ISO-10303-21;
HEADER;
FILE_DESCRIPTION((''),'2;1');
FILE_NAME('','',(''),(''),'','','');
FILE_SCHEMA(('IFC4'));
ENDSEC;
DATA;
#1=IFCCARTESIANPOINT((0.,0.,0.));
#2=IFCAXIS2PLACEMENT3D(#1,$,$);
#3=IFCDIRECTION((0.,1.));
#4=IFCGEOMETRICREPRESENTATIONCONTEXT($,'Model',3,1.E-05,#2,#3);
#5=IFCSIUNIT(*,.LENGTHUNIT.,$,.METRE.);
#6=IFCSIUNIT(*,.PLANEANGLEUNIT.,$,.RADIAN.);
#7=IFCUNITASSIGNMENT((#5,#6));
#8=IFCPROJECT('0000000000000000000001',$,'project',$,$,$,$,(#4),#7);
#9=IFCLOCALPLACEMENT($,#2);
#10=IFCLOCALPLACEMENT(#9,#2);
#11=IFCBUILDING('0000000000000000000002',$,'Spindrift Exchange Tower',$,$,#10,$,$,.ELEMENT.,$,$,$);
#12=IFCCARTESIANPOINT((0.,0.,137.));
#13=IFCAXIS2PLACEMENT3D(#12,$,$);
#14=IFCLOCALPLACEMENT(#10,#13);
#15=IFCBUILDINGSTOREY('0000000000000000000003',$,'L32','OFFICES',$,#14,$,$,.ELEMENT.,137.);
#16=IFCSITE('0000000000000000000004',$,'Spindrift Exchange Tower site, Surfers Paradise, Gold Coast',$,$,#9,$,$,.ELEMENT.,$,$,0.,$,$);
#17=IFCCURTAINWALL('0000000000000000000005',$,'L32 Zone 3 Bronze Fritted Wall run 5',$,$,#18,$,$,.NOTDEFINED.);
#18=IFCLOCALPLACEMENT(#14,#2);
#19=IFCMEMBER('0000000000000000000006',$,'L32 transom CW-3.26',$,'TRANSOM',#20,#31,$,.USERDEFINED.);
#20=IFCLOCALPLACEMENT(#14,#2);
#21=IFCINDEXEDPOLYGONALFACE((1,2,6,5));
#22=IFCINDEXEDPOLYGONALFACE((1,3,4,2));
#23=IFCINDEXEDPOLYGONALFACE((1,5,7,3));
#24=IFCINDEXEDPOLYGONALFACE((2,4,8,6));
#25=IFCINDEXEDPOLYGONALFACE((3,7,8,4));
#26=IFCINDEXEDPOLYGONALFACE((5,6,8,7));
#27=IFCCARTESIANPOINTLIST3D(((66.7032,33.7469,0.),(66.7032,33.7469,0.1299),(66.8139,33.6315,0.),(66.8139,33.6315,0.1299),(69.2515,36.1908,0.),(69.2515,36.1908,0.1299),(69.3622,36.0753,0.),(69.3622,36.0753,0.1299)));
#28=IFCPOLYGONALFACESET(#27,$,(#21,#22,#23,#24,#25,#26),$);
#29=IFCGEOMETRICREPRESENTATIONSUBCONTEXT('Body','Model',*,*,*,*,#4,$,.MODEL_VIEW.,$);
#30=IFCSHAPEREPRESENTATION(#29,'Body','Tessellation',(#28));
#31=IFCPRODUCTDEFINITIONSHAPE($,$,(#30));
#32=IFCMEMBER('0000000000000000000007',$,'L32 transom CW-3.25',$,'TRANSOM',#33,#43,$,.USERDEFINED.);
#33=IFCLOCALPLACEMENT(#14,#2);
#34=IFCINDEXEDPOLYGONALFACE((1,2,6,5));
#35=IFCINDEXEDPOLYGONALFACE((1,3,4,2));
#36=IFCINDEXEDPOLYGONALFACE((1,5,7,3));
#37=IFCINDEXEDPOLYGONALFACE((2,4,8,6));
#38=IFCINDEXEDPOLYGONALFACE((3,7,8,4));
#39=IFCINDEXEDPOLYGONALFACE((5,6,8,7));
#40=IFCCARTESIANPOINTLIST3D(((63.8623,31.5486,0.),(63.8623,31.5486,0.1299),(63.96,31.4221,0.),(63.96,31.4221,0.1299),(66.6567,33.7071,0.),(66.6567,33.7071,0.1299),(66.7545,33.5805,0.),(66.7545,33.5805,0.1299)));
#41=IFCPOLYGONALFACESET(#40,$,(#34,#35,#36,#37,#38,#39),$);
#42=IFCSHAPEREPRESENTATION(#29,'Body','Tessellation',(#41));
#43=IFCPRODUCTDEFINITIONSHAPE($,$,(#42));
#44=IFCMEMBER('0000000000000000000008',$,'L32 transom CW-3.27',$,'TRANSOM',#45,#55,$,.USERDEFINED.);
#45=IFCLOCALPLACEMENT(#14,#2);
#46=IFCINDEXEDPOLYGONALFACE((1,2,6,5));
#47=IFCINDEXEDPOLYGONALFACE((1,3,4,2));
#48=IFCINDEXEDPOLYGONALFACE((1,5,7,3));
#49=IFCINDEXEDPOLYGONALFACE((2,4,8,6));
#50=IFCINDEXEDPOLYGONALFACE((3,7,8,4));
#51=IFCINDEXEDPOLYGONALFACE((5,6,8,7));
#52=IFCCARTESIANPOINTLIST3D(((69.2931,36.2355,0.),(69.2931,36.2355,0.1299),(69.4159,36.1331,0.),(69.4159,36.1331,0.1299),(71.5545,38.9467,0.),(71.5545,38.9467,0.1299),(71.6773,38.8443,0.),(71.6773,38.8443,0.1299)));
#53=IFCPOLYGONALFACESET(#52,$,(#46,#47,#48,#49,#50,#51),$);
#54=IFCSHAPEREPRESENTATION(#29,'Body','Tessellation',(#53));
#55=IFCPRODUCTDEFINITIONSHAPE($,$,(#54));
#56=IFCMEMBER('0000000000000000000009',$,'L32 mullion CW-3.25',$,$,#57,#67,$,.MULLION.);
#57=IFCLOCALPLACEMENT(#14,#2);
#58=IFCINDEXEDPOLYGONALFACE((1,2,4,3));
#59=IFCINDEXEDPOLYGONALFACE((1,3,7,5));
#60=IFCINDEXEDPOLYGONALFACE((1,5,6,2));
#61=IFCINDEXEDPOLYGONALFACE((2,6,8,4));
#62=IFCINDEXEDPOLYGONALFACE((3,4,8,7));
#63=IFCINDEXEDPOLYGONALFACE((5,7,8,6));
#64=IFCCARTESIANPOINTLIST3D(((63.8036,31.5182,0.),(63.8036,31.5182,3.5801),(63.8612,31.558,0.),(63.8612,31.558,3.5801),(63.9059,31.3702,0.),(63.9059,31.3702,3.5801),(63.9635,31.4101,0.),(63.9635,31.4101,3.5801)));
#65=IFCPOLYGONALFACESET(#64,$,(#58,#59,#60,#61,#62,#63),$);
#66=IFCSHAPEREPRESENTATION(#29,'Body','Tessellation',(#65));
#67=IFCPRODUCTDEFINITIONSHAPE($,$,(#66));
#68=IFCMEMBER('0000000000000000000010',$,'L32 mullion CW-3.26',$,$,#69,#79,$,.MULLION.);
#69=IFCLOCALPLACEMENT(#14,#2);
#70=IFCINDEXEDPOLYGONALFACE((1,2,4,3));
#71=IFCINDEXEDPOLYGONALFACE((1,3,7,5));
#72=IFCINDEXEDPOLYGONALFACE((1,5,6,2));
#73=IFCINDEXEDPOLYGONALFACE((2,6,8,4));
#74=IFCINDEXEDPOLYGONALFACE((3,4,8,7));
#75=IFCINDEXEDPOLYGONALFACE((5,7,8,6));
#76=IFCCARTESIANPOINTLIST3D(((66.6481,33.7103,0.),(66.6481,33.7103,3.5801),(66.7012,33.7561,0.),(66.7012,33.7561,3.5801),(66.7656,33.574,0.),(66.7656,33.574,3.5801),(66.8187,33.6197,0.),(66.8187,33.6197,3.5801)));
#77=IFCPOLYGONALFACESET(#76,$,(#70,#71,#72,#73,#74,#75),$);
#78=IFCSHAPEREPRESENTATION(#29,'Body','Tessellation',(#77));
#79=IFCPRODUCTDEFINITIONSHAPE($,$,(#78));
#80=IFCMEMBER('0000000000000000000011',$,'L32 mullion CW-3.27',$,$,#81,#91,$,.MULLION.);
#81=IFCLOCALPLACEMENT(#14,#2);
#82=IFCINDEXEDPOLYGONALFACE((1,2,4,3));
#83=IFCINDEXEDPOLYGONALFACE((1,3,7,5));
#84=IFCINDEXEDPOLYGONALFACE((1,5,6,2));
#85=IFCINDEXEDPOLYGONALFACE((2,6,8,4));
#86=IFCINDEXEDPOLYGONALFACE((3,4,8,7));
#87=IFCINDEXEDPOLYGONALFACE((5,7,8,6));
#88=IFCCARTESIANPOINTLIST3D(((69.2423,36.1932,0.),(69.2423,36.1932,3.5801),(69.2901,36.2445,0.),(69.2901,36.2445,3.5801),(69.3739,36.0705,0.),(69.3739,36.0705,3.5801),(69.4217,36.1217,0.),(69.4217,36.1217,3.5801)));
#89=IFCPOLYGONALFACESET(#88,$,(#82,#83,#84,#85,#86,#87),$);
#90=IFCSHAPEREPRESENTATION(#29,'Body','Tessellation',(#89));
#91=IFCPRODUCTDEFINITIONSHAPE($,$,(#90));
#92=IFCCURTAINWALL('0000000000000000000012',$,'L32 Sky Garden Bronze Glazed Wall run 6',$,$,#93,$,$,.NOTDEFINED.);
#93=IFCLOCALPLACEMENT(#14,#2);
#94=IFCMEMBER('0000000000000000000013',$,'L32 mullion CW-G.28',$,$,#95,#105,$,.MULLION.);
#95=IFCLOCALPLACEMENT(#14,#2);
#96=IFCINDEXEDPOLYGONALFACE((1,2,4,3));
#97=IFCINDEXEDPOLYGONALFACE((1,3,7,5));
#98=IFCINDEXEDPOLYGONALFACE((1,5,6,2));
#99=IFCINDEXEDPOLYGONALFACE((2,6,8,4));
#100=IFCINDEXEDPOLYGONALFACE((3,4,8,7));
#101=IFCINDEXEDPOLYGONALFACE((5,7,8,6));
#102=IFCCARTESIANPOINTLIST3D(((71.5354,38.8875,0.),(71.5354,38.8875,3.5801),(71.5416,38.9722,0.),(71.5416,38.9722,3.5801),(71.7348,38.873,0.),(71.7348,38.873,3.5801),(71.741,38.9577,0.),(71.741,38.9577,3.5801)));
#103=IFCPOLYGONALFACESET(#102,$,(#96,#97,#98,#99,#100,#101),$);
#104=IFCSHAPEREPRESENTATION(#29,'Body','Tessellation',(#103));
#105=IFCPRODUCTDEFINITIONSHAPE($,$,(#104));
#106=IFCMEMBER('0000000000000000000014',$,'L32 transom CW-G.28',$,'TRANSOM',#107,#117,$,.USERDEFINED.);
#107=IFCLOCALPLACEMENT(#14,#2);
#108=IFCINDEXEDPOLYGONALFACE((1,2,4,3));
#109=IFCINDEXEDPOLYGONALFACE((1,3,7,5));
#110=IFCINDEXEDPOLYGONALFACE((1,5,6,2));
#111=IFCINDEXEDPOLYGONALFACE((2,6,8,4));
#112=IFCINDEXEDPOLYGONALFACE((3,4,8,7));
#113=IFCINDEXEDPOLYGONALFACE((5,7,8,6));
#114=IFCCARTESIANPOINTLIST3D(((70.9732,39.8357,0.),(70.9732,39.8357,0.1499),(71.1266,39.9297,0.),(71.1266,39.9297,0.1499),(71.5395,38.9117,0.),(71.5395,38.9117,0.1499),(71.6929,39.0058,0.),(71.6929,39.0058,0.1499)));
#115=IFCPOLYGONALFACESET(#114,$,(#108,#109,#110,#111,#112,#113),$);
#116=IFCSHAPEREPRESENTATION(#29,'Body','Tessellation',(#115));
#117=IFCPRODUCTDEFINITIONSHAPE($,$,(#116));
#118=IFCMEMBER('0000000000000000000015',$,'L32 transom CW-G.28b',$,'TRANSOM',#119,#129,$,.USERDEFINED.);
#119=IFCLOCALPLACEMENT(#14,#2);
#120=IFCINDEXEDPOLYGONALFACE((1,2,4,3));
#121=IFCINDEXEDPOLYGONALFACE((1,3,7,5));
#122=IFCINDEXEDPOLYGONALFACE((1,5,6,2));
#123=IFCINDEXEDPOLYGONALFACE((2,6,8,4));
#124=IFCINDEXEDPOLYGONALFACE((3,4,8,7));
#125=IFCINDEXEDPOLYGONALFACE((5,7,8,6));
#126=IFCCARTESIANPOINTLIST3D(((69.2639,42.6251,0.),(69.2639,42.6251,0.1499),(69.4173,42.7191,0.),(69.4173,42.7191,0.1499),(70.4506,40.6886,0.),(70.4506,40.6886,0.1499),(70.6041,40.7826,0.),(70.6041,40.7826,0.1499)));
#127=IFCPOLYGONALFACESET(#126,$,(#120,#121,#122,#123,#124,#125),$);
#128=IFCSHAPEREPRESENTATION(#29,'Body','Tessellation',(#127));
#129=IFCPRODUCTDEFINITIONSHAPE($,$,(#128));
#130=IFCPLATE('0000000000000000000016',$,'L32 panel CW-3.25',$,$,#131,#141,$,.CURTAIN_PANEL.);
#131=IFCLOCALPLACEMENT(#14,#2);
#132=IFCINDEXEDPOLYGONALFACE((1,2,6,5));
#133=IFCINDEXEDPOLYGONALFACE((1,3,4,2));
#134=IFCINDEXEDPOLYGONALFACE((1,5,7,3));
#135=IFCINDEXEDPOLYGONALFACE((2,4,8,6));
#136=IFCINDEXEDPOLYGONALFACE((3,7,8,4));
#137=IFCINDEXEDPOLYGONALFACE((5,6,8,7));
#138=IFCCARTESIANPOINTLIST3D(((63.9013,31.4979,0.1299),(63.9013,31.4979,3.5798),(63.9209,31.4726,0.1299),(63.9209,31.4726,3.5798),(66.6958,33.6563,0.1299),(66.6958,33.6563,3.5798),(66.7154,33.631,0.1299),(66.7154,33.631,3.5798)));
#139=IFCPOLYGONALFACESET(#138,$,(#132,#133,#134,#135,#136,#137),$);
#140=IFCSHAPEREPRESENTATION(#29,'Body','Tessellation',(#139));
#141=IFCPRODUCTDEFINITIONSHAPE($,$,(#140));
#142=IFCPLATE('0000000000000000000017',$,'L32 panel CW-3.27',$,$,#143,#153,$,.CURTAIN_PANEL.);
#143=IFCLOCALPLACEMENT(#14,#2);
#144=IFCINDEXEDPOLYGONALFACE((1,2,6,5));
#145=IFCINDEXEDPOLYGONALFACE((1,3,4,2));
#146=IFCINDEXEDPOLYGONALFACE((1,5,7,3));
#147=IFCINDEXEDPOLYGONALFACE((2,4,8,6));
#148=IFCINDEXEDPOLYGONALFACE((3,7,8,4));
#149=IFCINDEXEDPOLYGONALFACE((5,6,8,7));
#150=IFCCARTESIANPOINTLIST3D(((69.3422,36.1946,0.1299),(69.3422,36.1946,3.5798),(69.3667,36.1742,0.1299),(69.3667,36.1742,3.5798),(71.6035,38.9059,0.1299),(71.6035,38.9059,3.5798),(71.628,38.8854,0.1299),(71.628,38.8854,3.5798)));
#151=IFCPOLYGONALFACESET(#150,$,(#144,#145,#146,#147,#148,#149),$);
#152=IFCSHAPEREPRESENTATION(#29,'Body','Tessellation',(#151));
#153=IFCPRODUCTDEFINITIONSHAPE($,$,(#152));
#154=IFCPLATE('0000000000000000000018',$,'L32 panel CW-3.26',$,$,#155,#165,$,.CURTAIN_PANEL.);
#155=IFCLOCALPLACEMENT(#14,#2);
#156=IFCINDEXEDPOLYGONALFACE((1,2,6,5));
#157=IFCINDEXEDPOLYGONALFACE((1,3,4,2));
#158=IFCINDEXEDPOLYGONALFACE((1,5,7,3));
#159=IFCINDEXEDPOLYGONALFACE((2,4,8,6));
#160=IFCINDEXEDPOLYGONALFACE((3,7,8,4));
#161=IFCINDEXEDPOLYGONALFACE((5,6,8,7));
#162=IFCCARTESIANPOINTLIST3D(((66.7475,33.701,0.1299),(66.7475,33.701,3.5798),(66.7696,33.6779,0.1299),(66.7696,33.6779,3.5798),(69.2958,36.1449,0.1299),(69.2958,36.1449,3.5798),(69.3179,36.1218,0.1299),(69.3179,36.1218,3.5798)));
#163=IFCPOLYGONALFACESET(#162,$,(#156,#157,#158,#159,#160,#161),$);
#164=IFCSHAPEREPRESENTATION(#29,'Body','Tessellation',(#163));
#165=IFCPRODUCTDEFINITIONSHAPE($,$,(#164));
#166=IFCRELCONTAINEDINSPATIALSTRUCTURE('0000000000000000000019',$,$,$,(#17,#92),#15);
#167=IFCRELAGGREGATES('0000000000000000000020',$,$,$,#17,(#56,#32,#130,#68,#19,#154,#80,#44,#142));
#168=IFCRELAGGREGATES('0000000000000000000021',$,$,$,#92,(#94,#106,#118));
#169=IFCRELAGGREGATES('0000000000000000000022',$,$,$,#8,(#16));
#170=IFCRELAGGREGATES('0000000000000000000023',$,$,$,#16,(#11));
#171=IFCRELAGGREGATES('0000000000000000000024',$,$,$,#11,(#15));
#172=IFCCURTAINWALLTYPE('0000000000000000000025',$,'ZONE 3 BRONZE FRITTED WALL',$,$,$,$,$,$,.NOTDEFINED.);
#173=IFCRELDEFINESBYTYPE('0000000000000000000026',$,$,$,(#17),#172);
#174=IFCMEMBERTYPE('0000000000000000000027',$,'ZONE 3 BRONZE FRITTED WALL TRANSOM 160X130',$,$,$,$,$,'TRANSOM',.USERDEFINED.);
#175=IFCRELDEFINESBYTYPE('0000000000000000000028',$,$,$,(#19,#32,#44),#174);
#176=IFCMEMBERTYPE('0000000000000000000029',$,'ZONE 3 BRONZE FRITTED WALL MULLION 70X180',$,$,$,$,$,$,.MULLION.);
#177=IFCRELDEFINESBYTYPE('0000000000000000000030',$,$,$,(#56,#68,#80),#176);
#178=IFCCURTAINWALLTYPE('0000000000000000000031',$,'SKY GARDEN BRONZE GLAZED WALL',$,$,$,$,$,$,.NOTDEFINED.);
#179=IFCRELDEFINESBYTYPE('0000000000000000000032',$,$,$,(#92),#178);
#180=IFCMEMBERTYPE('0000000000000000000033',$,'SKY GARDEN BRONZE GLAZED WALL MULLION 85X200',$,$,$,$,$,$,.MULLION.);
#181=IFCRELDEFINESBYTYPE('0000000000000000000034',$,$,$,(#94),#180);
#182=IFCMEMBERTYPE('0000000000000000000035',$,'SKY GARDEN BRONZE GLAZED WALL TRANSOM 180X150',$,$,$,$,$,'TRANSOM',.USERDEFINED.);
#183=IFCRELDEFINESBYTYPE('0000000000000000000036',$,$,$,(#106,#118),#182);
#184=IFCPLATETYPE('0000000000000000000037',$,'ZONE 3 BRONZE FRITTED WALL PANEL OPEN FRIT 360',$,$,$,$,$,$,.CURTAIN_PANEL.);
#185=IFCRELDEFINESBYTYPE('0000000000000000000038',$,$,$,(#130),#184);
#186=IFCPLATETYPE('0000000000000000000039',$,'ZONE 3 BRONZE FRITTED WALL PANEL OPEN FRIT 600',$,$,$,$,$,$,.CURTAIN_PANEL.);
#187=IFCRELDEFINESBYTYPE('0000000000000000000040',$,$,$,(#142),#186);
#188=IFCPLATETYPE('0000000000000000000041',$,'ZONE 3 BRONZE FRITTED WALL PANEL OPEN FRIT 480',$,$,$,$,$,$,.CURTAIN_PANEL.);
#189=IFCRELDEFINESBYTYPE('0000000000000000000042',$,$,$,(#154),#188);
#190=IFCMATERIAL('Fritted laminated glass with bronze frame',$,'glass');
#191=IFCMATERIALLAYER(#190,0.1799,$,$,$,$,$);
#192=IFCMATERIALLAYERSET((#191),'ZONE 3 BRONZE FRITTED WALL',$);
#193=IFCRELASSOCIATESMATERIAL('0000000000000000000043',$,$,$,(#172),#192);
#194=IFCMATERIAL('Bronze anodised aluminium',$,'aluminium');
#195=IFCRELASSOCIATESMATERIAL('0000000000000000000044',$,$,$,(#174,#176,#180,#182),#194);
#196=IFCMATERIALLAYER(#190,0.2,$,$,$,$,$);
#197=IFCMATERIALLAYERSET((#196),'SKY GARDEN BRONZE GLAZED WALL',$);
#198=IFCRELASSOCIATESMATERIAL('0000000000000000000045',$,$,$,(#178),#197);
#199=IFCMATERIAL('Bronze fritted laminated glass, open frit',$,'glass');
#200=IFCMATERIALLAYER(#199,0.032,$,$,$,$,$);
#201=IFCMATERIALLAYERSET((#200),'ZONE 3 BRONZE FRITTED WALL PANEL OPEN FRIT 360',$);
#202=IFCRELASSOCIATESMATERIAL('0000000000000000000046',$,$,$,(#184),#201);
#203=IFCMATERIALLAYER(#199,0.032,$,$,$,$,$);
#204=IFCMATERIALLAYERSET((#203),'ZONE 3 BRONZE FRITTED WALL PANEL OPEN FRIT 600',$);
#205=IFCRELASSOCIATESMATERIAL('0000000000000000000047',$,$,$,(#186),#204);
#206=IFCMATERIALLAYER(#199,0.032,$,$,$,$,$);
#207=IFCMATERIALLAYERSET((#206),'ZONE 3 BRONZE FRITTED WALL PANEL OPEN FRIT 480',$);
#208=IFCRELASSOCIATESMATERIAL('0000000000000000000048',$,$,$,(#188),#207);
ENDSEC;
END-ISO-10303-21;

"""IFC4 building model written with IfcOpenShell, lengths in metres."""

from ifc_helpers import new_model, si_unit, direction, frame, origin, origin_2d, place, context, subcontext, project, spatial, rectangle, extrude, source, transform, mapped, material, layer, layer_set, material_profile, profile_set, type_object, element, aggregate, save


model = new_model("IFC4")

# Units and contexts
model_context = context("Model", 3, precision=1e-05, world=origin(), true_north=direction((0.0, 1.0)))
body_context = subcontext(model_context, "Body", "Model", "MODEL_VIEW")
ifc_project = project(units=[si_unit("LENGTHUNIT", "METRE"), si_unit("PLANEANGLEUNIT", "RADIAN")], contexts=[model_context])

# Site, building, storey
site_placement = place(None, origin())
site = spatial("IfcSite", under=ifc_project, at=site_placement, Name="Spindrift Exchange Tower site, Surfers Paradise, Gold Coast", CompositionType="ELEMENT", RefElevation=0.0)
building_placement = place(site_placement, origin())
building = spatial("IfcBuilding", under=site, at=building_placement, Name="Spindrift Exchange Tower", CompositionType="ELEMENT")
storey_placement = place(building_placement, frame((0.0, 0.0, 137.0)))
storey = spatial("IfcBuildingStorey", under=building, at=storey_placement, Name="L32", Description="OFFICES", CompositionType="ELEMENT", Elevation=137.0)

# Curtain walls, members
ifc_material_1 = material(Name="Fritted laminated glass with bronze frame", Category="glass")
ifc_layer_1 = layer(ifc_material_1, 0.1799)
ifc_layer_set_1 = layer_set([ifc_layer_1], Name="ZONE 3 BRONZE FRITTED WALL")
curtain_wall_type_1 = type_object("IfcCurtainWallType", Name="ZONE 3 BRONZE FRITTED WALL", PredefinedType="NOTDEFINED", material=ifc_layer_set_1)
curtain_wall_1_placement = place(storey_placement, origin())
curtain_wall_1 = element("IfcCurtainWall", 1, at=curtain_wall_1_placement, inside=storey, type_object=curtain_wall_type_1, Name="L32 Zone 3 Bronze Fritted Wall run 5", PredefinedType="NOTDEFINED")
ifc_material_2 = material(Name="Bronze anodised aluminium", Category="aluminium")
ifc_material_profile_1 = material_profile(ifc_material_2, rectangle(XDim=0.1599, YDim=0.1299, at=origin_2d()), Name="ZONE 3 BRONZE FRITTED WALL TRANSOM 160X130")
ifc_profile_set_1 = profile_set([ifc_material_profile_1], Name="Bronze anodised aluminium")
member_type_1 = type_object("IfcMemberType", Name="ZONE 3 BRONZE FRITTED WALL TRANSOM 160X130", ElementType="TRANSOM", PredefinedType="USERDEFINED", material=ifc_profile_set_1)
shared_shape_1 = source(origin(), body_context, "Body", "SweptSolid", [
    extrude(rectangle(XDim=0.1599, YDim=0.1299, at=origin_2d()), origin(), (0.0, 0.0, 1.0), 3.5308),
])
member_1_placement = place(storey_placement, frame((66.7585, 33.6892, 0.0649), z_axis=(0.721749, 0.692155, 0.0), x_axis=(-0.692155, 0.721749, 0.0)))
member_1 = element("IfcMember", 2, at=member_1_placement, type_object=member_type_1, Name="L32 transom CW-3.26", ObjectType="TRANSOM", PredefinedType="USERDEFINED", context=body_context, shape_type="MappedRepresentation", body=[
    mapped(shared_shape_1, transform((0.0, 0.0, 0.0), scale=1.0)),
])
shared_shape_2 = source(origin(), body_context, "Body", "SweptSolid", [
    extrude(rectangle(XDim=0.1599, YDim=0.1299, at=origin_2d()), origin(), (0.0, 0.0, 1.0), 3.531),
])
member_2_placement = place(storey_placement, frame((63.9111, 31.4854, 0.0649), z_axis=(0.791407, 0.61129, 0.0), x_axis=(-0.61129, 0.791407, 0.0)))
member_2 = element("IfcMember", 3, at=member_2_placement, type_object=member_type_1, Name="L32 transom CW-3.25", ObjectType="TRANSOM", PredefinedType="USERDEFINED", context=body_context, shape_type="MappedRepresentation", body=[
    mapped(shared_shape_2, transform((0.0, 0.0, 0.0), scale=1.0)),
])
shared_shape_3 = source(origin(), body_context, "Body", "SweptSolid", [
    extrude(rectangle(XDim=0.1599, YDim=0.1299, at=origin_2d()), origin(), (0.0, 0.0, 1.0), 3.5305),
])
member_3_placement = place(storey_placement, frame((69.3545, 36.1843, 0.0649), z_axis=(0.640545, 0.767921, 0.0), x_axis=(-0.767921, 0.640545, 0.0)))
member_3 = element("IfcMember", 4, at=member_3_placement, type_object=member_type_1, Name="L32 transom CW-3.27", ObjectType="TRANSOM", PredefinedType="USERDEFINED", context=body_context, shape_type="MappedRepresentation", body=[
    mapped(shared_shape_3, transform((0.0, 0.0, 0.0), scale=1.0)),
])
ifc_material_profile_2 = material_profile(ifc_material_2, rectangle(XDim=0.0701, YDim=0.1799, at=origin_2d()), Name="ZONE 3 BRONZE FRITTED WALL MULLION 70X180")
ifc_profile_set_2 = profile_set([ifc_material_profile_2], Name="Bronze anodised aluminium")
member_type_2 = type_object("IfcMemberType", Name="ZONE 3 BRONZE FRITTED WALL MULLION 70X180", PredefinedType="MULLION", material=ifc_profile_set_2)
shared_shape_4 = source(origin(), body_context, "Body", "SweptSolid", [
    extrude(rectangle(XDim=0.0701, YDim=0.1799, at=origin_2d()), origin(), (0.0, 0.0, 1.0), 3.5801),
])
member_4_placement = place(storey_placement, frame((63.8835, 31.4641, 0.0), z_axis=(0.0, 0.0, 1.0), x_axis=(0.822402, 0.568907, 0.0)))
member_4 = element("IfcMember", 5, at=member_4_placement, type_object=member_type_2, Name="L32 mullion CW-3.25", PredefinedType="MULLION", context=body_context, shape_type="MappedRepresentation", body=[
    mapped(shared_shape_4, transform((0.0, 0.0, 0.0), scale=1.0)),
])
member_5_placement = place(storey_placement, frame((66.7334, 33.665, 0.0), z_axis=(0.0, 0.0, 1.0), x_axis=(0.757662, 0.652648, 0.0)))
member_5 = element("IfcMember", 6, at=member_5_placement, type_object=member_type_2, Name="L32 mullion CW-3.26", PredefinedType="MULLION", context=body_context, shape_type="MappedRepresentation", body=[
    mapped(shared_shape_4, transform((0.0, 0.0, 0.0), scale=1.0)),
])
member_6_placement = place(storey_placement, frame((69.332, 36.1575, 0.0), z_axis=(0.0, 0.0, 1.0), x_axis=(0.682176, 0.731188, 0.0)))
member_6 = element("IfcMember", 7, at=member_6_placement, type_object=member_type_2, Name="L32 mullion CW-3.27", PredefinedType="MULLION", context=body_context, shape_type="MappedRepresentation", body=[
    mapped(shared_shape_4, transform((0.0, 0.0, 0.0), scale=1.0)),
])
ifc_layer_2 = layer(ifc_material_1, 0.2)
ifc_layer_set_2 = layer_set([ifc_layer_2], Name="SKY GARDEN BRONZE GLAZED WALL")
curtain_wall_type_2 = type_object("IfcCurtainWallType", Name="SKY GARDEN BRONZE GLAZED WALL", PredefinedType="NOTDEFINED", material=ifc_layer_set_2)
curtain_wall_2_placement = place(storey_placement, origin())
curtain_wall_2 = element("IfcCurtainWall", 8, at=curtain_wall_2_placement, inside=storey, type_object=curtain_wall_type_2, Name="L32 Sky Garden Bronze Glazed Wall run 6", PredefinedType="NOTDEFINED")
ifc_material_profile_3 = material_profile(ifc_material_2, rectangle(XDim=0.085, YDim=0.2, at=origin_2d()), Name="SKY GARDEN BRONZE GLAZED WALL MULLION 85X200")
ifc_profile_set_3 = profile_set([ifc_material_profile_3], Name="Bronze anodised aluminium")
member_type_3 = type_object("IfcMemberType", Name="SKY GARDEN BRONZE GLAZED WALL MULLION 85X200", PredefinedType="MULLION", material=ifc_profile_set_3)
shared_shape_5 = source(origin(), body_context, "Body", "SweptSolid", [
    extrude(rectangle(XDim=0.085, YDim=0.2, at=origin_2d()), origin(), (0.0, 0.0, 1.0), 3.5801),
])
member_7_placement = place(storey_placement, frame((71.6382, 38.9226, 0.0), z_axis=(0.0, 0.0, 1.0), x_axis=(0.072634, 0.997359, 0.0)))
member_7 = element("IfcMember", 9, at=member_7_placement, type_object=member_type_3, Name="L32 mullion CW-G.28", PredefinedType="MULLION", context=body_context, shape_type="MappedRepresentation", body=[
    mapped(shared_shape_5, transform((0.0, 0.0, 0.0), scale=1.0)),
])
ifc_material_profile_4 = material_profile(ifc_material_2, rectangle(XDim=0.1799, YDim=0.1499, at=origin_2d()), Name="SKY GARDEN BRONZE GLAZED WALL TRANSOM 180X150")
ifc_profile_set_4 = profile_set([ifc_material_profile_4], Name="Bronze anodised aluminium")
member_type_4 = type_object("IfcMemberType", Name="SKY GARDEN BRONZE GLAZED WALL TRANSOM 180X150", ElementType="TRANSOM", PredefinedType="USERDEFINED", material=ifc_profile_set_4)
shared_shape_6 = source(origin(), body_context, "Body", "SweptSolid", [
    extrude(rectangle(XDim=0.1799, YDim=0.1499, at=origin_2d()), origin(), (0.0, 0.0, 1.0), 1.0837),
])
member_8_placement = place(storey_placement, frame((71.6162, 38.9587, 0.075), z_axis=(-0.522588, 0.852585, 0.0), x_axis=(-0.852585, -0.522588, 0.0)))
member_8 = element("IfcMember", 10, at=member_8_placement, type_object=member_type_4, Name="L32 transom CW-G.28", ObjectType="TRANSOM", PredefinedType="USERDEFINED", context=body_context, shape_type="MappedRepresentation", body=[
    mapped(shared_shape_6, transform((0.0, 0.0, 0.0), scale=1.0)),
])
shared_shape_7 = source(origin(), body_context, "Body", "SweptSolid", [
    extrude(rectangle(XDim=0.1799, YDim=0.1499, at=origin_2d()), origin(), (0.0, 0.0, 1.0), 2.2712),
])
member_9_placement = place(storey_placement, frame((70.5273, 40.7356, 0.075), z_axis=(-0.522519, 0.852628, 0.0), x_axis=(-0.852628, -0.522519, 0.0)))
member_9 = element("IfcMember", 11, at=member_9_placement, type_object=member_type_4, Name="L32 transom CW-G.28b", ObjectType="TRANSOM", PredefinedType="USERDEFINED", context=body_context, shape_type="MappedRepresentation", body=[
    mapped(shared_shape_7, transform((0.0, 0.0, 0.0), scale=1.0)),
])

# Plates
ifc_material_3 = material(Name="Bronze fritted laminated glass, open frit", Category="glass")
ifc_layer_3 = layer(ifc_material_3, 0.032)
ifc_layer_set_3 = layer_set([ifc_layer_3], Name="ZONE 3 BRONZE FRITTED WALL PANEL OPEN FRIT 360")
plate_type_1 = type_object("IfcPlateType", Name="ZONE 3 BRONZE FRITTED WALL PANEL OPEN FRIT 360", PredefinedType="CURTAIN_PANEL", material=ifc_layer_set_3)
shared_shape_8 = source(origin(), body_context, "Body", "SweptSolid", [
    extrude(rectangle(XDim=3.531, YDim=0.032, at=origin_2d()), origin(), (0.0, 0.0, 1.0), 3.45),
])
plate_1_placement = place(storey_placement, frame((65.3083, 32.5645, 0.1299), z_axis=(0.0, 0.0, 1.0), x_axis=(0.791422, 0.61127, 0.0)))
plate_1 = element("IfcPlate", 12, at=plate_1_placement, type_object=plate_type_1, Name="L32 panel CW-3.25", PredefinedType="CURTAIN_PANEL", context=body_context, shape_type="MappedRepresentation", body=[
    mapped(shared_shape_8, transform((0.0, 0.0, 0.0), scale=1.0)),
])
ifc_layer_4 = layer(ifc_material_3, 0.032)
ifc_layer_set_4 = layer_set([ifc_layer_4], Name="ZONE 3 BRONZE FRITTED WALL PANEL OPEN FRIT 600")
plate_type_2 = type_object("IfcPlateType", Name="ZONE 3 BRONZE FRITTED WALL PANEL OPEN FRIT 600", PredefinedType="CURTAIN_PANEL", material=ifc_layer_set_4)
shared_shape_9 = source(origin(), body_context, "Body", "SweptSolid", [
    extrude(rectangle(XDim=3.5305, YDim=0.032, at=origin_2d()), origin(), (0.0, 0.0, 1.0), 3.45),
])
plate_2_placement = place(storey_placement, frame((70.4851, 37.54, 0.1299), z_axis=(0.0, 0.0, 1.0), x_axis=(0.640504, 0.767955, 0.0)))
plate_2 = element("IfcPlate", 13, at=plate_2_placement, type_object=plate_type_2, Name="L32 panel CW-3.27", PredefinedType="CURTAIN_PANEL", context=body_context, shape_type="MappedRepresentation", body=[
    mapped(shared_shape_9, transform((0.0, 0.0, 0.0), scale=1.0)),
])
ifc_layer_5 = layer(ifc_material_3, 0.032)
ifc_layer_set_5 = layer_set([ifc_layer_5], Name="ZONE 3 BRONZE FRITTED WALL PANEL OPEN FRIT 480")
plate_type_3 = type_object("IfcPlateType", Name="ZONE 3 BRONZE FRITTED WALL PANEL OPEN FRIT 480", PredefinedType="CURTAIN_PANEL", material=ifc_layer_set_5)
shared_shape_10 = source(origin(), body_context, "Body", "SweptSolid", [
    extrude(rectangle(XDim=3.5308, YDim=0.032, at=origin_2d()), origin(), (0.0, 0.0, 1.0), 3.45),
])
plate_3_placement = place(storey_placement, frame((68.0327, 34.9114, 0.1299), z_axis=(0.0, 0.0, 1.0), x_axis=(0.721741, 0.692163, 0.0)))
plate_3 = element("IfcPlate", 14, at=plate_3_placement, type_object=plate_type_3, Name="L32 panel CW-3.26", PredefinedType="CURTAIN_PANEL", context=body_context, shape_type="MappedRepresentation", body=[
    mapped(shared_shape_10, transform((0.0, 0.0, 0.0), scale=1.0)),
])
aggregate(curtain_wall_1, [member_4, member_2, plate_1, member_5, member_1, plate_3, member_6, member_3, plate_2])
aggregate(curtain_wall_2, [member_7, member_8, member_9])

save(model, "model.ifc")
